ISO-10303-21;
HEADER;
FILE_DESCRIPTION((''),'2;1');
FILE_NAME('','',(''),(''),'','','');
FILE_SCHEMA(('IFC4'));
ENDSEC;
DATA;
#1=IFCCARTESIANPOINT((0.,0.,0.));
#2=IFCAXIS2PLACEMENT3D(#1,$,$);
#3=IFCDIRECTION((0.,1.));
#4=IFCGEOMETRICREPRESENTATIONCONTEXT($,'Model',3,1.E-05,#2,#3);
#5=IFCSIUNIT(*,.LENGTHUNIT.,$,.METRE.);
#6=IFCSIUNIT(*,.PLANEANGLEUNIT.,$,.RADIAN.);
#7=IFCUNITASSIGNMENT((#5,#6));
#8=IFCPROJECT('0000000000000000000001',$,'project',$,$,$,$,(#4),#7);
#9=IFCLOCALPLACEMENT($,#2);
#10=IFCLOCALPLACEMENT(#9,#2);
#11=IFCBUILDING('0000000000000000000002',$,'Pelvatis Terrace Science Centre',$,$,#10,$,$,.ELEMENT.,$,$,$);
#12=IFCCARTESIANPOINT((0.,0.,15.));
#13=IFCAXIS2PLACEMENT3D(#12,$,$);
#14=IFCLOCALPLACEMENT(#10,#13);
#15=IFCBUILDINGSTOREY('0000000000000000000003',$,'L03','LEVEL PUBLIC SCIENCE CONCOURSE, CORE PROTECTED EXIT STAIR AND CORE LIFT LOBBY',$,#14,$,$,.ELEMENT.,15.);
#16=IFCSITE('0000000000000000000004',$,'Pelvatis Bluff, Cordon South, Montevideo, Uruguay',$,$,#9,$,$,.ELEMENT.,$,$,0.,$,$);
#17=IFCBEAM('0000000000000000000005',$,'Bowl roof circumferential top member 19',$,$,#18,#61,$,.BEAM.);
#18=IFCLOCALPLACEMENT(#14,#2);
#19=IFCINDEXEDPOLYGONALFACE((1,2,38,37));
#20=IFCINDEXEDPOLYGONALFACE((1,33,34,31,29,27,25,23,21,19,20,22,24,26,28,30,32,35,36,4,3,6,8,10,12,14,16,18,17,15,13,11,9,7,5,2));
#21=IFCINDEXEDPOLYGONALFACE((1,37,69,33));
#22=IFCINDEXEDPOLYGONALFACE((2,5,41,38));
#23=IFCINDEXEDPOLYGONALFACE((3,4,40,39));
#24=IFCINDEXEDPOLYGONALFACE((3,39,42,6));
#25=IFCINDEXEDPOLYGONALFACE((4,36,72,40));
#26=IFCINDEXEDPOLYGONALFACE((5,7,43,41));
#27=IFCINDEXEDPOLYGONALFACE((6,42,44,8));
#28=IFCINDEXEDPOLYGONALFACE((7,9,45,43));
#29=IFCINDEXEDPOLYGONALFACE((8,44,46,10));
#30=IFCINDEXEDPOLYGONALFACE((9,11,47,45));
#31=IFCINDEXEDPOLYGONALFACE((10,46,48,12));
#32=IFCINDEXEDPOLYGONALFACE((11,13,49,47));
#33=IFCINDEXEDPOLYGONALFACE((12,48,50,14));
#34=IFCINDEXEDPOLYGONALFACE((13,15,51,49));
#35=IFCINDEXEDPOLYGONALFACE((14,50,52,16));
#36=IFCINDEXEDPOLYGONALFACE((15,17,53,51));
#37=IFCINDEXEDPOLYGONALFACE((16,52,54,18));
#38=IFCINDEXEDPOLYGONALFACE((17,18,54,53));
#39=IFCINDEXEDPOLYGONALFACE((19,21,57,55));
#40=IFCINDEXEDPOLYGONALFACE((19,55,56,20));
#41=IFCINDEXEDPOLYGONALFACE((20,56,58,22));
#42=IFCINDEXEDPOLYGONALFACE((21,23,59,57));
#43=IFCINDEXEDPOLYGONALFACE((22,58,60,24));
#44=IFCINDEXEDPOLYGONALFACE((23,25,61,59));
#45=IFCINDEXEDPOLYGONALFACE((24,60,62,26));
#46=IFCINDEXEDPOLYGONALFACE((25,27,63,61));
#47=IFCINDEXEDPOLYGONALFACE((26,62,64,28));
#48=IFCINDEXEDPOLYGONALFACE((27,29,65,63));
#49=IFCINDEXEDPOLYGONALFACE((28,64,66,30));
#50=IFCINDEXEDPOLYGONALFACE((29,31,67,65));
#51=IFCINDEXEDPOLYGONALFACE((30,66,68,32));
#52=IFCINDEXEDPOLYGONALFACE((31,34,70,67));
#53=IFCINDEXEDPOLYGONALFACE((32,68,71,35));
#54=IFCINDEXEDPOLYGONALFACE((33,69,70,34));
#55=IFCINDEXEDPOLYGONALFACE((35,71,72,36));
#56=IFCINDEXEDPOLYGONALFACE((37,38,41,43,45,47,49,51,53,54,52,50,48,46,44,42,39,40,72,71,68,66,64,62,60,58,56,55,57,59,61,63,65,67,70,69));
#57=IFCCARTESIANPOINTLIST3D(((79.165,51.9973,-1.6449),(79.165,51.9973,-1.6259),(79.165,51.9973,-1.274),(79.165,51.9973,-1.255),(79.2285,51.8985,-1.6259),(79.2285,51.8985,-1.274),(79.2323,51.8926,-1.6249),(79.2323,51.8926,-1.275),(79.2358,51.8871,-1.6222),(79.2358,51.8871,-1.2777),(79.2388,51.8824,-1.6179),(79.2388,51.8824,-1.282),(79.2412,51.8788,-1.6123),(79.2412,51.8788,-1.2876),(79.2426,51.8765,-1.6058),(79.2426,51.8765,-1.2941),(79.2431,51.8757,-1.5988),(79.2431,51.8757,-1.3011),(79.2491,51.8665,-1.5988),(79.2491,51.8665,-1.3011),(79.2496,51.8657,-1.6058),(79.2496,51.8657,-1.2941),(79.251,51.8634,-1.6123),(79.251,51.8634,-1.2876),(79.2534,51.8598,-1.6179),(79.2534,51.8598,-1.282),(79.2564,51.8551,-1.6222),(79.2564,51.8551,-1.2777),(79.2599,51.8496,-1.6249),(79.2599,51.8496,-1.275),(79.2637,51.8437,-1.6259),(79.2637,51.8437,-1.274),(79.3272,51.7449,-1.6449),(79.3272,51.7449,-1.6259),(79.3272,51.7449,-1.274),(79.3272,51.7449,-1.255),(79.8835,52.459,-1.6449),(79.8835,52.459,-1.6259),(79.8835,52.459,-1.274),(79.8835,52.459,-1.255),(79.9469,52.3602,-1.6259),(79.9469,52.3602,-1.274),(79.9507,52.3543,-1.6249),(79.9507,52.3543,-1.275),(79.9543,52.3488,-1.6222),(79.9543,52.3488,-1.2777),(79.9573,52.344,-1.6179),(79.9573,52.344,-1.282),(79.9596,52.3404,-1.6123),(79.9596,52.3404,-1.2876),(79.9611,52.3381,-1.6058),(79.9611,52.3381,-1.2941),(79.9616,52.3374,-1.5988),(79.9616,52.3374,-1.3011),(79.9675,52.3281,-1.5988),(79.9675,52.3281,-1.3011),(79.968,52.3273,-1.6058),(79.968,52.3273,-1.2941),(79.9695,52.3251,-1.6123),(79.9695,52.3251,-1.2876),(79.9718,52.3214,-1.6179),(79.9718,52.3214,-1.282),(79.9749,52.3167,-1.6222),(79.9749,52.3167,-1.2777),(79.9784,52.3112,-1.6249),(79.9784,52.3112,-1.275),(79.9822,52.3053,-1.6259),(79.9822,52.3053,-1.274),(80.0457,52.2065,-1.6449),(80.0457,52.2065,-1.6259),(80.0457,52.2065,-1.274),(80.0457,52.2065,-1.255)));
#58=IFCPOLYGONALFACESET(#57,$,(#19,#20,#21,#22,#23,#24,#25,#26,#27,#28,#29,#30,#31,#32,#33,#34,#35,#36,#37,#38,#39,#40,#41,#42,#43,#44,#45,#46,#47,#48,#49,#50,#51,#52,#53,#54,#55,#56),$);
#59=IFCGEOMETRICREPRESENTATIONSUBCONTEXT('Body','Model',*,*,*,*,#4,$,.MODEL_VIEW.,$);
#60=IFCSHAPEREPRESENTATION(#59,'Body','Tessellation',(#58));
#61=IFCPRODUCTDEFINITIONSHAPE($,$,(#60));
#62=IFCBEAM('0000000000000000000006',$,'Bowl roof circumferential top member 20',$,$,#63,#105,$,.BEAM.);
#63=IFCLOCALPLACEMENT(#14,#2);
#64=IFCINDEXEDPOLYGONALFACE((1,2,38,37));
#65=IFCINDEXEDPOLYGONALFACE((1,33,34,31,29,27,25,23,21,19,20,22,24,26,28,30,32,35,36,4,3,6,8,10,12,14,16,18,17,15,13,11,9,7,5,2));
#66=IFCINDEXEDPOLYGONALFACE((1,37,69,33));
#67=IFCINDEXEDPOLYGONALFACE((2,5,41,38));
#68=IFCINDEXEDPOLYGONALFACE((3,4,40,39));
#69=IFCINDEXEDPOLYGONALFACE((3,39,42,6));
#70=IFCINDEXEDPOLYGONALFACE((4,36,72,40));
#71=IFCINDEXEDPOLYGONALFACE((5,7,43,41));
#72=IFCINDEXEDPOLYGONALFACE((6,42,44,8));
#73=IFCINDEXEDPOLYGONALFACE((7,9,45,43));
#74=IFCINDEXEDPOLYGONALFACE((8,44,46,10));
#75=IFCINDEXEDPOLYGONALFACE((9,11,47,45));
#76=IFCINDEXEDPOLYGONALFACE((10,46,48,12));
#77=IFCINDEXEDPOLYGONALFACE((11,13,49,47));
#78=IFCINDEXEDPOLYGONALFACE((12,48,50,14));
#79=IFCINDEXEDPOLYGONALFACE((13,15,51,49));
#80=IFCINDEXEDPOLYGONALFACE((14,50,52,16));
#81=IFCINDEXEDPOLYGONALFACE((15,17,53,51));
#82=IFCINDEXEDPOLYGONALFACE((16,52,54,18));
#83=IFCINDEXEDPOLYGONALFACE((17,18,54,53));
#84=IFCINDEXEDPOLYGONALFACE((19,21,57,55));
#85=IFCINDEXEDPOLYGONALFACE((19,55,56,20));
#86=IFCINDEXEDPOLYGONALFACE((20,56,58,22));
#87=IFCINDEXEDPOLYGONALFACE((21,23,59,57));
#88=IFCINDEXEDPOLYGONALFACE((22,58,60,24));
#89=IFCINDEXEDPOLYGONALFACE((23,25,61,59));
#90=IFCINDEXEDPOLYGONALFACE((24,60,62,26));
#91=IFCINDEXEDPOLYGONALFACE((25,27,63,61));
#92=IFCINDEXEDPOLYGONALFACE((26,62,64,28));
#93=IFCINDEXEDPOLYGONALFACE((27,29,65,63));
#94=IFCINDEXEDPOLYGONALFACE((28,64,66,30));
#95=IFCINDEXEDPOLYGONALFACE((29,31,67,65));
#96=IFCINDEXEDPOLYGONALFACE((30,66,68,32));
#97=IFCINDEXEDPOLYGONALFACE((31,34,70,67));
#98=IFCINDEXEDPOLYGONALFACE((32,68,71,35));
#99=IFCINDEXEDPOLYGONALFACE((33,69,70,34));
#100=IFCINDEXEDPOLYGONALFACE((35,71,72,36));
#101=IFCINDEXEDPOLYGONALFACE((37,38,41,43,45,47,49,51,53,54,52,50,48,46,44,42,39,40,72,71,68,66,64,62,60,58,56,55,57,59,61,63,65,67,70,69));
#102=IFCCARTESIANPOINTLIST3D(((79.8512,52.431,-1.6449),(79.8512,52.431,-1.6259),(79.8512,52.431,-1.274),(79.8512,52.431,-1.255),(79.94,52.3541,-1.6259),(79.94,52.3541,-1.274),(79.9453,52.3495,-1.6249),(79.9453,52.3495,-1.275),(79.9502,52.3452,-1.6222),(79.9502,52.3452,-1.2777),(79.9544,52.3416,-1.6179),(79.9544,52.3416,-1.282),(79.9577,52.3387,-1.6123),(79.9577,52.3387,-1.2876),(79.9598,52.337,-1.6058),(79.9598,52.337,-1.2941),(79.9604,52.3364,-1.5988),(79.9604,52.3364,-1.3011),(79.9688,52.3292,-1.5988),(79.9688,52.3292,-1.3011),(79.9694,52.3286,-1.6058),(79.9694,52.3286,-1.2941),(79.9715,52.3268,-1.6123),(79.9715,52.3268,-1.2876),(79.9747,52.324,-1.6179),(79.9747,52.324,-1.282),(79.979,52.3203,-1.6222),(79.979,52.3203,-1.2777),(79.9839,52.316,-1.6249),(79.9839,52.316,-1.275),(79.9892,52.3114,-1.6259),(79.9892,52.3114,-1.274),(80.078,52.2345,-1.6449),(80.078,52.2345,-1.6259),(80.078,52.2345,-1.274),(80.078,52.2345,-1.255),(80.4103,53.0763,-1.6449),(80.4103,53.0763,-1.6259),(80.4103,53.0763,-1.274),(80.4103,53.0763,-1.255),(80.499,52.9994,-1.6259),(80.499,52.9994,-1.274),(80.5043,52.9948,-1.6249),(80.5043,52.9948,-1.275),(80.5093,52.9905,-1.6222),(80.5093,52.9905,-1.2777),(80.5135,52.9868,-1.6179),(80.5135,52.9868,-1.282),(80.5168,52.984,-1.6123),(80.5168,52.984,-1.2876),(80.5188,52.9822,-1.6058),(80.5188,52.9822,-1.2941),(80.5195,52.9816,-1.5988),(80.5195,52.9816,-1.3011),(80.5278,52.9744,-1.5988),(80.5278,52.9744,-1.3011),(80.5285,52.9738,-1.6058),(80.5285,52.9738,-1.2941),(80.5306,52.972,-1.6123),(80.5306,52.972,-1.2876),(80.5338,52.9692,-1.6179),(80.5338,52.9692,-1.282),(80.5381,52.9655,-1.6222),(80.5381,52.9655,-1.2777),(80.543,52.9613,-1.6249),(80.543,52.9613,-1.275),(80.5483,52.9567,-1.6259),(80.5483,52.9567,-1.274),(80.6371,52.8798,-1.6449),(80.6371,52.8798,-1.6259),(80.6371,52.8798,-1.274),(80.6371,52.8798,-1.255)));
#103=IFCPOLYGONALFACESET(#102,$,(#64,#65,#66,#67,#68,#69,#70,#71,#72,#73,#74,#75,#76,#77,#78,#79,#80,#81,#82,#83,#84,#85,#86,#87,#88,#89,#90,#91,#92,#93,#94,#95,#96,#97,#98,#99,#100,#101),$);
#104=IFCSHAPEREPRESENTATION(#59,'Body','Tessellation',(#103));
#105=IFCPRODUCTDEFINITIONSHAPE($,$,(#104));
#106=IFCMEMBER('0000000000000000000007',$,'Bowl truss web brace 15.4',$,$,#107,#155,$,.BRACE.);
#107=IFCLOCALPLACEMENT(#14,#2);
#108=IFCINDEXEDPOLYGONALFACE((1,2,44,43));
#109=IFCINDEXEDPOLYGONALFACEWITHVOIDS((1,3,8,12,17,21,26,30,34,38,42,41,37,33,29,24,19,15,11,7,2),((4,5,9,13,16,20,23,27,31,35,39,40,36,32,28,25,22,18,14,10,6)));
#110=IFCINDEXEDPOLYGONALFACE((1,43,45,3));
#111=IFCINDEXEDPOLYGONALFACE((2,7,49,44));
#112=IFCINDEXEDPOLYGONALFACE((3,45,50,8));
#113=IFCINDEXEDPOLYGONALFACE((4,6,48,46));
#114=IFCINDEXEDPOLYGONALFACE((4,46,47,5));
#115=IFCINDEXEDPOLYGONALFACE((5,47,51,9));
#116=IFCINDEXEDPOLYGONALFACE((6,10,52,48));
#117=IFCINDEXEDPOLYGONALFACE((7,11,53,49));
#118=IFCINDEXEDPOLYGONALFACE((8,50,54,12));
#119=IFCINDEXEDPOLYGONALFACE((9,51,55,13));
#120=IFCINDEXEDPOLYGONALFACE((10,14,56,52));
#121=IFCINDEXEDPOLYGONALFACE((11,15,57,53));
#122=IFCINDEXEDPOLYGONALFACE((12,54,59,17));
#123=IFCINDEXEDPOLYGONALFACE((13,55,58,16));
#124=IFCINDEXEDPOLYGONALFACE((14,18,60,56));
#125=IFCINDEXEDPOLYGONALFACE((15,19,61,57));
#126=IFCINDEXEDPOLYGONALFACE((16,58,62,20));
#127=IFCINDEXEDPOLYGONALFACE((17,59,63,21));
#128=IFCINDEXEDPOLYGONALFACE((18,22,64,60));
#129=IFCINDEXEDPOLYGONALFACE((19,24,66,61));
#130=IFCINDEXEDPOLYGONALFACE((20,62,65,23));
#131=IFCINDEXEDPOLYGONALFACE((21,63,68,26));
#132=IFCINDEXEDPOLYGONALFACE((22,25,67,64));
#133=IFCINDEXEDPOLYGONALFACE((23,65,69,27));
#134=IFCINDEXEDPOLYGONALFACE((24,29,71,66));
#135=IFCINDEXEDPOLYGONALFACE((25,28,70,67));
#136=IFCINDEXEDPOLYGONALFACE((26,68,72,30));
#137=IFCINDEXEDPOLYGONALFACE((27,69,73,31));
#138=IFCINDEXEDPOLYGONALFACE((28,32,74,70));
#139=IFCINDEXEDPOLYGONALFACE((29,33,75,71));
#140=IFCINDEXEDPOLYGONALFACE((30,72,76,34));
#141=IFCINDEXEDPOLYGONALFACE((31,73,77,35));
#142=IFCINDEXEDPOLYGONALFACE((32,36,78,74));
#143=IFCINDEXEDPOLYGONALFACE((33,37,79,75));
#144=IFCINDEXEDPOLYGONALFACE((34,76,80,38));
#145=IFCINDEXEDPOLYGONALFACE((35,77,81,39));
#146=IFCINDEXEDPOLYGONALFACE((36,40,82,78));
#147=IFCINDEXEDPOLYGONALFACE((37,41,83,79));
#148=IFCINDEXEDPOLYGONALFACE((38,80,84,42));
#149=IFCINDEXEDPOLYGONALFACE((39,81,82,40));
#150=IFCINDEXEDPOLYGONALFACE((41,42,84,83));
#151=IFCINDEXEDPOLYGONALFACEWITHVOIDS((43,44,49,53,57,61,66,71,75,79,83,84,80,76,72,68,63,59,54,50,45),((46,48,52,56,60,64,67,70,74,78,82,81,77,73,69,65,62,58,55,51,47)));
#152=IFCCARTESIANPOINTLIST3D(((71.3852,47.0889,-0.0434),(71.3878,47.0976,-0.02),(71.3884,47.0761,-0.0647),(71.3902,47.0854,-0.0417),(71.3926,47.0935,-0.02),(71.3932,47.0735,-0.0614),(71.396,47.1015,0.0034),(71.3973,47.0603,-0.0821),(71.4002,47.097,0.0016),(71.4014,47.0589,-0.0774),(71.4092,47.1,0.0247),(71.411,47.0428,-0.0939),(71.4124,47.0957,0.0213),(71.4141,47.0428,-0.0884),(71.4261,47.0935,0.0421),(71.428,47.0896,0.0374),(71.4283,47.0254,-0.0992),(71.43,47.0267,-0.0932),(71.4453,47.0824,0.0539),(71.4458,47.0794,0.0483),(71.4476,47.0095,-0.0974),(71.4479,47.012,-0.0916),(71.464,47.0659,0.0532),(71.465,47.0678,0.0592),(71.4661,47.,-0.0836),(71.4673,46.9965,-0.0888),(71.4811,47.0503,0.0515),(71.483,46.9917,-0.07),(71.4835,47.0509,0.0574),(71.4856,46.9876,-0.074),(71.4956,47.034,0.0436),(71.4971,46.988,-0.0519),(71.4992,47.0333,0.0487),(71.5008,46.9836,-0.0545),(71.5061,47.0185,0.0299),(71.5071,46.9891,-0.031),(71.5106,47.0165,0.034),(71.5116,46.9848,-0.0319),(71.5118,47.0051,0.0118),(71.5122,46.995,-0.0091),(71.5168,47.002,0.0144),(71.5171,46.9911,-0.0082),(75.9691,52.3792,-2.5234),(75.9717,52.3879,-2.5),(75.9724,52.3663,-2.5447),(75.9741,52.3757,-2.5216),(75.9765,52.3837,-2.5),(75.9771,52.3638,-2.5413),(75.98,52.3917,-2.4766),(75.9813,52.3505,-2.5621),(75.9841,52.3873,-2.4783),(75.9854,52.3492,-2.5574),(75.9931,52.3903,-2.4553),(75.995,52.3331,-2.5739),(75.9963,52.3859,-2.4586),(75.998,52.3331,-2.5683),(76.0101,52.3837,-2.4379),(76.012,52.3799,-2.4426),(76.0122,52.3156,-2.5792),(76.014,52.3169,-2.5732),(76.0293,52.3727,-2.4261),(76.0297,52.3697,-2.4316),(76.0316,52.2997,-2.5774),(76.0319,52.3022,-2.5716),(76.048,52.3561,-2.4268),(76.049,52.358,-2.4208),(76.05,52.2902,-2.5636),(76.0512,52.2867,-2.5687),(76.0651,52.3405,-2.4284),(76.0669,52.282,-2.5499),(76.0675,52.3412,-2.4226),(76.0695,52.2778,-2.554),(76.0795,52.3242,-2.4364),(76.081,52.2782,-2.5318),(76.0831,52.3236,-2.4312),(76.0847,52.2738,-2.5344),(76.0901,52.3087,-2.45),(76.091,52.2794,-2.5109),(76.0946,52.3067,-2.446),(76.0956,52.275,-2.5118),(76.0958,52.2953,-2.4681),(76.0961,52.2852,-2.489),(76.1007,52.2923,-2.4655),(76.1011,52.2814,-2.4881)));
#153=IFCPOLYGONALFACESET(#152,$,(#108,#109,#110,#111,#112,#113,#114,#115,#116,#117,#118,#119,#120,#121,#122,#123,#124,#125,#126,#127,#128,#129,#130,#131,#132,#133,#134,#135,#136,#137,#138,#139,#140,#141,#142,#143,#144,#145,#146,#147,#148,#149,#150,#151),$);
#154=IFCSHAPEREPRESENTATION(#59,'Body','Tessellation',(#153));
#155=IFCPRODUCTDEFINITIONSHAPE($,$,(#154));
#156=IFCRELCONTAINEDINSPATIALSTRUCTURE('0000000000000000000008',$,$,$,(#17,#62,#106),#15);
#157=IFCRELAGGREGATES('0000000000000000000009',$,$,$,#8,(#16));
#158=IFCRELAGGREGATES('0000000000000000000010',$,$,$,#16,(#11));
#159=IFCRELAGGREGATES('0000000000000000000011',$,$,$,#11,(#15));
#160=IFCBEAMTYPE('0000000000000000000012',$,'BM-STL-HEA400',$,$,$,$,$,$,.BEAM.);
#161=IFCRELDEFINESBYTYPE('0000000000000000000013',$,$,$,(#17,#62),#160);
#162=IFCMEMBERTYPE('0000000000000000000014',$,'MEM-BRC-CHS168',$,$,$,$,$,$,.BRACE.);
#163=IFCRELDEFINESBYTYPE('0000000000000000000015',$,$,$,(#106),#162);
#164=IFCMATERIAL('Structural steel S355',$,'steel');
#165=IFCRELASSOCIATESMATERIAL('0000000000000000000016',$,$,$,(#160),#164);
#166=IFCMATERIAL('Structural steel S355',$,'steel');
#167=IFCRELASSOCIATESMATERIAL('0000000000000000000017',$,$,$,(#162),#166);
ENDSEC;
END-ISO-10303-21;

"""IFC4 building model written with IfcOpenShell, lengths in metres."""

from ifc_helpers import new_model, si_unit, direction, frame, origin, origin_2d, place, context, subcontext, project, spatial, hollow_circle, i_section, extrude, material, material_profile, profile_set, type_object, element, save


model = new_model("IFC4")

# Units and contexts
model_context = context("Model", 3, precision=1e-05, world=origin(), true_north=direction((0.0, 1.0)))
body_context = subcontext(model_context, "Body", "Model", "MODEL_VIEW")
ifc_project = project(units=[si_unit("LENGTHUNIT", "METRE"), si_unit("PLANEANGLEUNIT", "RADIAN")], contexts=[model_context])

# Site, building, storey
site_placement = place(None, origin())
site = spatial("IfcSite", under=ifc_project, at=site_placement, Name="Pelvatis Bluff, Cordon South, Montevideo, Uruguay", CompositionType="ELEMENT", RefElevation=0.0)
building_placement = place(site_placement, origin())
building = spatial("IfcBuilding", under=site, at=building_placement, Name="Pelvatis Terrace Science Centre", CompositionType="ELEMENT")
storey_placement = place(building_placement, frame((0.0, 0.0, 15.0)))
storey = spatial("IfcBuildingStorey", under=building, at=storey_placement, Name="L03", Description="LEVEL PUBLIC SCIENCE CONCOURSE, CORE PROTECTED EXIT STAIR AND CORE LIFT LOBBY", CompositionType="ELEMENT", Elevation=15.0)

# Beams
ifc_material_1 = material(Name="Structural steel S355", Category="steel")
ifc_material_profile_1 = material_profile(ifc_material_1, i_section(OverallWidth=0.3, OverallDepth=0.3899, WebThickness=0.011, FlangeThickness=0.019, FilletRadius=0.0271, at=origin_2d()), Name="HEA 400")
ifc_profile_set_1 = profile_set([ifc_material_profile_1], Name="Structural steel S355")
beam_type_1 = type_object("IfcBeamType", Name="BM-STL-HEA400", PredefinedType="BEAM", material=ifc_profile_set_1)
beam_1_placement = place(storey_placement, frame((79.2461, 51.8711, -1.45), z_axis=(0.841299, 0.54057, 0.0), x_axis=(-0.54057, 0.841299, 0.0)))
element("IfcBeam", 1, at=beam_1_placement, inside=storey, type_object=beam_type_1, Name="Bowl roof circumferential top member 19", PredefinedType="BEAM", context=body_context, shape_type="SweptSolid", body=[
    extrude(i_section(OverallWidth=0.3, OverallDepth=0.3899, WebThickness=0.011, FlangeThickness=0.019, FilletRadius=0.0271, at=origin_2d()), origin(), (0.0, 0.0, 1.0), 0.854),
])
beam_2_placement = place(storey_placement, frame((79.9646, 52.3328, -1.45), z_axis=(0.654833, 0.755774, 0.0), x_axis=(-0.755774, 0.654833, 0.0)))
element("IfcBeam", 2, at=beam_2_placement, inside=storey, type_object=beam_type_1, Name="Bowl roof circumferential top member 20", PredefinedType="BEAM", context=body_context, shape_type="SweptSolid", body=[
    extrude(i_section(OverallWidth=0.3, OverallDepth=0.3899, WebThickness=0.011, FlangeThickness=0.019, FilletRadius=0.0271, at=origin_2d()), origin(), (0.0, 0.0, 1.0), 0.8538),
])

# Member
ifc_material_2 = material(Name="Structural steel S355", Category="steel")
ifc_material_profile_2 = material_profile(ifc_material_2, hollow_circle(Radius=0.0842, WallThickness=0.0063, at=origin_2d()), Name="CHS 168.3x6.3")
ifc_profile_set_2 = profile_set([ifc_material_profile_2], Name="Structural steel S355")
member_type_1 = type_object("IfcMemberType", Name="MEM-BRC-CHS168", PredefinedType="BRACE", material=ifc_profile_set_2)
member_1_placement = place(storey_placement, frame((71.4514, 47.0425, -0.02), z_axis=(0.617261, 0.712369, -0.333944), x_axis=(-0.755755, 0.654855, 0.0)))
element("IfcMember", 3, at=member_1_placement, inside=storey, type_object=member_type_1, Name="Bowl truss web brace 15.4", PredefinedType="BRACE", context=body_context, shape_type="SweptSolid", body=[
    extrude(hollow_circle(Radius=0.0842, WallThickness=0.0063, at=origin_2d()), origin(), (0.0, 0.0, 1.0), 7.4263),
])

save(model, "model.ifc")
